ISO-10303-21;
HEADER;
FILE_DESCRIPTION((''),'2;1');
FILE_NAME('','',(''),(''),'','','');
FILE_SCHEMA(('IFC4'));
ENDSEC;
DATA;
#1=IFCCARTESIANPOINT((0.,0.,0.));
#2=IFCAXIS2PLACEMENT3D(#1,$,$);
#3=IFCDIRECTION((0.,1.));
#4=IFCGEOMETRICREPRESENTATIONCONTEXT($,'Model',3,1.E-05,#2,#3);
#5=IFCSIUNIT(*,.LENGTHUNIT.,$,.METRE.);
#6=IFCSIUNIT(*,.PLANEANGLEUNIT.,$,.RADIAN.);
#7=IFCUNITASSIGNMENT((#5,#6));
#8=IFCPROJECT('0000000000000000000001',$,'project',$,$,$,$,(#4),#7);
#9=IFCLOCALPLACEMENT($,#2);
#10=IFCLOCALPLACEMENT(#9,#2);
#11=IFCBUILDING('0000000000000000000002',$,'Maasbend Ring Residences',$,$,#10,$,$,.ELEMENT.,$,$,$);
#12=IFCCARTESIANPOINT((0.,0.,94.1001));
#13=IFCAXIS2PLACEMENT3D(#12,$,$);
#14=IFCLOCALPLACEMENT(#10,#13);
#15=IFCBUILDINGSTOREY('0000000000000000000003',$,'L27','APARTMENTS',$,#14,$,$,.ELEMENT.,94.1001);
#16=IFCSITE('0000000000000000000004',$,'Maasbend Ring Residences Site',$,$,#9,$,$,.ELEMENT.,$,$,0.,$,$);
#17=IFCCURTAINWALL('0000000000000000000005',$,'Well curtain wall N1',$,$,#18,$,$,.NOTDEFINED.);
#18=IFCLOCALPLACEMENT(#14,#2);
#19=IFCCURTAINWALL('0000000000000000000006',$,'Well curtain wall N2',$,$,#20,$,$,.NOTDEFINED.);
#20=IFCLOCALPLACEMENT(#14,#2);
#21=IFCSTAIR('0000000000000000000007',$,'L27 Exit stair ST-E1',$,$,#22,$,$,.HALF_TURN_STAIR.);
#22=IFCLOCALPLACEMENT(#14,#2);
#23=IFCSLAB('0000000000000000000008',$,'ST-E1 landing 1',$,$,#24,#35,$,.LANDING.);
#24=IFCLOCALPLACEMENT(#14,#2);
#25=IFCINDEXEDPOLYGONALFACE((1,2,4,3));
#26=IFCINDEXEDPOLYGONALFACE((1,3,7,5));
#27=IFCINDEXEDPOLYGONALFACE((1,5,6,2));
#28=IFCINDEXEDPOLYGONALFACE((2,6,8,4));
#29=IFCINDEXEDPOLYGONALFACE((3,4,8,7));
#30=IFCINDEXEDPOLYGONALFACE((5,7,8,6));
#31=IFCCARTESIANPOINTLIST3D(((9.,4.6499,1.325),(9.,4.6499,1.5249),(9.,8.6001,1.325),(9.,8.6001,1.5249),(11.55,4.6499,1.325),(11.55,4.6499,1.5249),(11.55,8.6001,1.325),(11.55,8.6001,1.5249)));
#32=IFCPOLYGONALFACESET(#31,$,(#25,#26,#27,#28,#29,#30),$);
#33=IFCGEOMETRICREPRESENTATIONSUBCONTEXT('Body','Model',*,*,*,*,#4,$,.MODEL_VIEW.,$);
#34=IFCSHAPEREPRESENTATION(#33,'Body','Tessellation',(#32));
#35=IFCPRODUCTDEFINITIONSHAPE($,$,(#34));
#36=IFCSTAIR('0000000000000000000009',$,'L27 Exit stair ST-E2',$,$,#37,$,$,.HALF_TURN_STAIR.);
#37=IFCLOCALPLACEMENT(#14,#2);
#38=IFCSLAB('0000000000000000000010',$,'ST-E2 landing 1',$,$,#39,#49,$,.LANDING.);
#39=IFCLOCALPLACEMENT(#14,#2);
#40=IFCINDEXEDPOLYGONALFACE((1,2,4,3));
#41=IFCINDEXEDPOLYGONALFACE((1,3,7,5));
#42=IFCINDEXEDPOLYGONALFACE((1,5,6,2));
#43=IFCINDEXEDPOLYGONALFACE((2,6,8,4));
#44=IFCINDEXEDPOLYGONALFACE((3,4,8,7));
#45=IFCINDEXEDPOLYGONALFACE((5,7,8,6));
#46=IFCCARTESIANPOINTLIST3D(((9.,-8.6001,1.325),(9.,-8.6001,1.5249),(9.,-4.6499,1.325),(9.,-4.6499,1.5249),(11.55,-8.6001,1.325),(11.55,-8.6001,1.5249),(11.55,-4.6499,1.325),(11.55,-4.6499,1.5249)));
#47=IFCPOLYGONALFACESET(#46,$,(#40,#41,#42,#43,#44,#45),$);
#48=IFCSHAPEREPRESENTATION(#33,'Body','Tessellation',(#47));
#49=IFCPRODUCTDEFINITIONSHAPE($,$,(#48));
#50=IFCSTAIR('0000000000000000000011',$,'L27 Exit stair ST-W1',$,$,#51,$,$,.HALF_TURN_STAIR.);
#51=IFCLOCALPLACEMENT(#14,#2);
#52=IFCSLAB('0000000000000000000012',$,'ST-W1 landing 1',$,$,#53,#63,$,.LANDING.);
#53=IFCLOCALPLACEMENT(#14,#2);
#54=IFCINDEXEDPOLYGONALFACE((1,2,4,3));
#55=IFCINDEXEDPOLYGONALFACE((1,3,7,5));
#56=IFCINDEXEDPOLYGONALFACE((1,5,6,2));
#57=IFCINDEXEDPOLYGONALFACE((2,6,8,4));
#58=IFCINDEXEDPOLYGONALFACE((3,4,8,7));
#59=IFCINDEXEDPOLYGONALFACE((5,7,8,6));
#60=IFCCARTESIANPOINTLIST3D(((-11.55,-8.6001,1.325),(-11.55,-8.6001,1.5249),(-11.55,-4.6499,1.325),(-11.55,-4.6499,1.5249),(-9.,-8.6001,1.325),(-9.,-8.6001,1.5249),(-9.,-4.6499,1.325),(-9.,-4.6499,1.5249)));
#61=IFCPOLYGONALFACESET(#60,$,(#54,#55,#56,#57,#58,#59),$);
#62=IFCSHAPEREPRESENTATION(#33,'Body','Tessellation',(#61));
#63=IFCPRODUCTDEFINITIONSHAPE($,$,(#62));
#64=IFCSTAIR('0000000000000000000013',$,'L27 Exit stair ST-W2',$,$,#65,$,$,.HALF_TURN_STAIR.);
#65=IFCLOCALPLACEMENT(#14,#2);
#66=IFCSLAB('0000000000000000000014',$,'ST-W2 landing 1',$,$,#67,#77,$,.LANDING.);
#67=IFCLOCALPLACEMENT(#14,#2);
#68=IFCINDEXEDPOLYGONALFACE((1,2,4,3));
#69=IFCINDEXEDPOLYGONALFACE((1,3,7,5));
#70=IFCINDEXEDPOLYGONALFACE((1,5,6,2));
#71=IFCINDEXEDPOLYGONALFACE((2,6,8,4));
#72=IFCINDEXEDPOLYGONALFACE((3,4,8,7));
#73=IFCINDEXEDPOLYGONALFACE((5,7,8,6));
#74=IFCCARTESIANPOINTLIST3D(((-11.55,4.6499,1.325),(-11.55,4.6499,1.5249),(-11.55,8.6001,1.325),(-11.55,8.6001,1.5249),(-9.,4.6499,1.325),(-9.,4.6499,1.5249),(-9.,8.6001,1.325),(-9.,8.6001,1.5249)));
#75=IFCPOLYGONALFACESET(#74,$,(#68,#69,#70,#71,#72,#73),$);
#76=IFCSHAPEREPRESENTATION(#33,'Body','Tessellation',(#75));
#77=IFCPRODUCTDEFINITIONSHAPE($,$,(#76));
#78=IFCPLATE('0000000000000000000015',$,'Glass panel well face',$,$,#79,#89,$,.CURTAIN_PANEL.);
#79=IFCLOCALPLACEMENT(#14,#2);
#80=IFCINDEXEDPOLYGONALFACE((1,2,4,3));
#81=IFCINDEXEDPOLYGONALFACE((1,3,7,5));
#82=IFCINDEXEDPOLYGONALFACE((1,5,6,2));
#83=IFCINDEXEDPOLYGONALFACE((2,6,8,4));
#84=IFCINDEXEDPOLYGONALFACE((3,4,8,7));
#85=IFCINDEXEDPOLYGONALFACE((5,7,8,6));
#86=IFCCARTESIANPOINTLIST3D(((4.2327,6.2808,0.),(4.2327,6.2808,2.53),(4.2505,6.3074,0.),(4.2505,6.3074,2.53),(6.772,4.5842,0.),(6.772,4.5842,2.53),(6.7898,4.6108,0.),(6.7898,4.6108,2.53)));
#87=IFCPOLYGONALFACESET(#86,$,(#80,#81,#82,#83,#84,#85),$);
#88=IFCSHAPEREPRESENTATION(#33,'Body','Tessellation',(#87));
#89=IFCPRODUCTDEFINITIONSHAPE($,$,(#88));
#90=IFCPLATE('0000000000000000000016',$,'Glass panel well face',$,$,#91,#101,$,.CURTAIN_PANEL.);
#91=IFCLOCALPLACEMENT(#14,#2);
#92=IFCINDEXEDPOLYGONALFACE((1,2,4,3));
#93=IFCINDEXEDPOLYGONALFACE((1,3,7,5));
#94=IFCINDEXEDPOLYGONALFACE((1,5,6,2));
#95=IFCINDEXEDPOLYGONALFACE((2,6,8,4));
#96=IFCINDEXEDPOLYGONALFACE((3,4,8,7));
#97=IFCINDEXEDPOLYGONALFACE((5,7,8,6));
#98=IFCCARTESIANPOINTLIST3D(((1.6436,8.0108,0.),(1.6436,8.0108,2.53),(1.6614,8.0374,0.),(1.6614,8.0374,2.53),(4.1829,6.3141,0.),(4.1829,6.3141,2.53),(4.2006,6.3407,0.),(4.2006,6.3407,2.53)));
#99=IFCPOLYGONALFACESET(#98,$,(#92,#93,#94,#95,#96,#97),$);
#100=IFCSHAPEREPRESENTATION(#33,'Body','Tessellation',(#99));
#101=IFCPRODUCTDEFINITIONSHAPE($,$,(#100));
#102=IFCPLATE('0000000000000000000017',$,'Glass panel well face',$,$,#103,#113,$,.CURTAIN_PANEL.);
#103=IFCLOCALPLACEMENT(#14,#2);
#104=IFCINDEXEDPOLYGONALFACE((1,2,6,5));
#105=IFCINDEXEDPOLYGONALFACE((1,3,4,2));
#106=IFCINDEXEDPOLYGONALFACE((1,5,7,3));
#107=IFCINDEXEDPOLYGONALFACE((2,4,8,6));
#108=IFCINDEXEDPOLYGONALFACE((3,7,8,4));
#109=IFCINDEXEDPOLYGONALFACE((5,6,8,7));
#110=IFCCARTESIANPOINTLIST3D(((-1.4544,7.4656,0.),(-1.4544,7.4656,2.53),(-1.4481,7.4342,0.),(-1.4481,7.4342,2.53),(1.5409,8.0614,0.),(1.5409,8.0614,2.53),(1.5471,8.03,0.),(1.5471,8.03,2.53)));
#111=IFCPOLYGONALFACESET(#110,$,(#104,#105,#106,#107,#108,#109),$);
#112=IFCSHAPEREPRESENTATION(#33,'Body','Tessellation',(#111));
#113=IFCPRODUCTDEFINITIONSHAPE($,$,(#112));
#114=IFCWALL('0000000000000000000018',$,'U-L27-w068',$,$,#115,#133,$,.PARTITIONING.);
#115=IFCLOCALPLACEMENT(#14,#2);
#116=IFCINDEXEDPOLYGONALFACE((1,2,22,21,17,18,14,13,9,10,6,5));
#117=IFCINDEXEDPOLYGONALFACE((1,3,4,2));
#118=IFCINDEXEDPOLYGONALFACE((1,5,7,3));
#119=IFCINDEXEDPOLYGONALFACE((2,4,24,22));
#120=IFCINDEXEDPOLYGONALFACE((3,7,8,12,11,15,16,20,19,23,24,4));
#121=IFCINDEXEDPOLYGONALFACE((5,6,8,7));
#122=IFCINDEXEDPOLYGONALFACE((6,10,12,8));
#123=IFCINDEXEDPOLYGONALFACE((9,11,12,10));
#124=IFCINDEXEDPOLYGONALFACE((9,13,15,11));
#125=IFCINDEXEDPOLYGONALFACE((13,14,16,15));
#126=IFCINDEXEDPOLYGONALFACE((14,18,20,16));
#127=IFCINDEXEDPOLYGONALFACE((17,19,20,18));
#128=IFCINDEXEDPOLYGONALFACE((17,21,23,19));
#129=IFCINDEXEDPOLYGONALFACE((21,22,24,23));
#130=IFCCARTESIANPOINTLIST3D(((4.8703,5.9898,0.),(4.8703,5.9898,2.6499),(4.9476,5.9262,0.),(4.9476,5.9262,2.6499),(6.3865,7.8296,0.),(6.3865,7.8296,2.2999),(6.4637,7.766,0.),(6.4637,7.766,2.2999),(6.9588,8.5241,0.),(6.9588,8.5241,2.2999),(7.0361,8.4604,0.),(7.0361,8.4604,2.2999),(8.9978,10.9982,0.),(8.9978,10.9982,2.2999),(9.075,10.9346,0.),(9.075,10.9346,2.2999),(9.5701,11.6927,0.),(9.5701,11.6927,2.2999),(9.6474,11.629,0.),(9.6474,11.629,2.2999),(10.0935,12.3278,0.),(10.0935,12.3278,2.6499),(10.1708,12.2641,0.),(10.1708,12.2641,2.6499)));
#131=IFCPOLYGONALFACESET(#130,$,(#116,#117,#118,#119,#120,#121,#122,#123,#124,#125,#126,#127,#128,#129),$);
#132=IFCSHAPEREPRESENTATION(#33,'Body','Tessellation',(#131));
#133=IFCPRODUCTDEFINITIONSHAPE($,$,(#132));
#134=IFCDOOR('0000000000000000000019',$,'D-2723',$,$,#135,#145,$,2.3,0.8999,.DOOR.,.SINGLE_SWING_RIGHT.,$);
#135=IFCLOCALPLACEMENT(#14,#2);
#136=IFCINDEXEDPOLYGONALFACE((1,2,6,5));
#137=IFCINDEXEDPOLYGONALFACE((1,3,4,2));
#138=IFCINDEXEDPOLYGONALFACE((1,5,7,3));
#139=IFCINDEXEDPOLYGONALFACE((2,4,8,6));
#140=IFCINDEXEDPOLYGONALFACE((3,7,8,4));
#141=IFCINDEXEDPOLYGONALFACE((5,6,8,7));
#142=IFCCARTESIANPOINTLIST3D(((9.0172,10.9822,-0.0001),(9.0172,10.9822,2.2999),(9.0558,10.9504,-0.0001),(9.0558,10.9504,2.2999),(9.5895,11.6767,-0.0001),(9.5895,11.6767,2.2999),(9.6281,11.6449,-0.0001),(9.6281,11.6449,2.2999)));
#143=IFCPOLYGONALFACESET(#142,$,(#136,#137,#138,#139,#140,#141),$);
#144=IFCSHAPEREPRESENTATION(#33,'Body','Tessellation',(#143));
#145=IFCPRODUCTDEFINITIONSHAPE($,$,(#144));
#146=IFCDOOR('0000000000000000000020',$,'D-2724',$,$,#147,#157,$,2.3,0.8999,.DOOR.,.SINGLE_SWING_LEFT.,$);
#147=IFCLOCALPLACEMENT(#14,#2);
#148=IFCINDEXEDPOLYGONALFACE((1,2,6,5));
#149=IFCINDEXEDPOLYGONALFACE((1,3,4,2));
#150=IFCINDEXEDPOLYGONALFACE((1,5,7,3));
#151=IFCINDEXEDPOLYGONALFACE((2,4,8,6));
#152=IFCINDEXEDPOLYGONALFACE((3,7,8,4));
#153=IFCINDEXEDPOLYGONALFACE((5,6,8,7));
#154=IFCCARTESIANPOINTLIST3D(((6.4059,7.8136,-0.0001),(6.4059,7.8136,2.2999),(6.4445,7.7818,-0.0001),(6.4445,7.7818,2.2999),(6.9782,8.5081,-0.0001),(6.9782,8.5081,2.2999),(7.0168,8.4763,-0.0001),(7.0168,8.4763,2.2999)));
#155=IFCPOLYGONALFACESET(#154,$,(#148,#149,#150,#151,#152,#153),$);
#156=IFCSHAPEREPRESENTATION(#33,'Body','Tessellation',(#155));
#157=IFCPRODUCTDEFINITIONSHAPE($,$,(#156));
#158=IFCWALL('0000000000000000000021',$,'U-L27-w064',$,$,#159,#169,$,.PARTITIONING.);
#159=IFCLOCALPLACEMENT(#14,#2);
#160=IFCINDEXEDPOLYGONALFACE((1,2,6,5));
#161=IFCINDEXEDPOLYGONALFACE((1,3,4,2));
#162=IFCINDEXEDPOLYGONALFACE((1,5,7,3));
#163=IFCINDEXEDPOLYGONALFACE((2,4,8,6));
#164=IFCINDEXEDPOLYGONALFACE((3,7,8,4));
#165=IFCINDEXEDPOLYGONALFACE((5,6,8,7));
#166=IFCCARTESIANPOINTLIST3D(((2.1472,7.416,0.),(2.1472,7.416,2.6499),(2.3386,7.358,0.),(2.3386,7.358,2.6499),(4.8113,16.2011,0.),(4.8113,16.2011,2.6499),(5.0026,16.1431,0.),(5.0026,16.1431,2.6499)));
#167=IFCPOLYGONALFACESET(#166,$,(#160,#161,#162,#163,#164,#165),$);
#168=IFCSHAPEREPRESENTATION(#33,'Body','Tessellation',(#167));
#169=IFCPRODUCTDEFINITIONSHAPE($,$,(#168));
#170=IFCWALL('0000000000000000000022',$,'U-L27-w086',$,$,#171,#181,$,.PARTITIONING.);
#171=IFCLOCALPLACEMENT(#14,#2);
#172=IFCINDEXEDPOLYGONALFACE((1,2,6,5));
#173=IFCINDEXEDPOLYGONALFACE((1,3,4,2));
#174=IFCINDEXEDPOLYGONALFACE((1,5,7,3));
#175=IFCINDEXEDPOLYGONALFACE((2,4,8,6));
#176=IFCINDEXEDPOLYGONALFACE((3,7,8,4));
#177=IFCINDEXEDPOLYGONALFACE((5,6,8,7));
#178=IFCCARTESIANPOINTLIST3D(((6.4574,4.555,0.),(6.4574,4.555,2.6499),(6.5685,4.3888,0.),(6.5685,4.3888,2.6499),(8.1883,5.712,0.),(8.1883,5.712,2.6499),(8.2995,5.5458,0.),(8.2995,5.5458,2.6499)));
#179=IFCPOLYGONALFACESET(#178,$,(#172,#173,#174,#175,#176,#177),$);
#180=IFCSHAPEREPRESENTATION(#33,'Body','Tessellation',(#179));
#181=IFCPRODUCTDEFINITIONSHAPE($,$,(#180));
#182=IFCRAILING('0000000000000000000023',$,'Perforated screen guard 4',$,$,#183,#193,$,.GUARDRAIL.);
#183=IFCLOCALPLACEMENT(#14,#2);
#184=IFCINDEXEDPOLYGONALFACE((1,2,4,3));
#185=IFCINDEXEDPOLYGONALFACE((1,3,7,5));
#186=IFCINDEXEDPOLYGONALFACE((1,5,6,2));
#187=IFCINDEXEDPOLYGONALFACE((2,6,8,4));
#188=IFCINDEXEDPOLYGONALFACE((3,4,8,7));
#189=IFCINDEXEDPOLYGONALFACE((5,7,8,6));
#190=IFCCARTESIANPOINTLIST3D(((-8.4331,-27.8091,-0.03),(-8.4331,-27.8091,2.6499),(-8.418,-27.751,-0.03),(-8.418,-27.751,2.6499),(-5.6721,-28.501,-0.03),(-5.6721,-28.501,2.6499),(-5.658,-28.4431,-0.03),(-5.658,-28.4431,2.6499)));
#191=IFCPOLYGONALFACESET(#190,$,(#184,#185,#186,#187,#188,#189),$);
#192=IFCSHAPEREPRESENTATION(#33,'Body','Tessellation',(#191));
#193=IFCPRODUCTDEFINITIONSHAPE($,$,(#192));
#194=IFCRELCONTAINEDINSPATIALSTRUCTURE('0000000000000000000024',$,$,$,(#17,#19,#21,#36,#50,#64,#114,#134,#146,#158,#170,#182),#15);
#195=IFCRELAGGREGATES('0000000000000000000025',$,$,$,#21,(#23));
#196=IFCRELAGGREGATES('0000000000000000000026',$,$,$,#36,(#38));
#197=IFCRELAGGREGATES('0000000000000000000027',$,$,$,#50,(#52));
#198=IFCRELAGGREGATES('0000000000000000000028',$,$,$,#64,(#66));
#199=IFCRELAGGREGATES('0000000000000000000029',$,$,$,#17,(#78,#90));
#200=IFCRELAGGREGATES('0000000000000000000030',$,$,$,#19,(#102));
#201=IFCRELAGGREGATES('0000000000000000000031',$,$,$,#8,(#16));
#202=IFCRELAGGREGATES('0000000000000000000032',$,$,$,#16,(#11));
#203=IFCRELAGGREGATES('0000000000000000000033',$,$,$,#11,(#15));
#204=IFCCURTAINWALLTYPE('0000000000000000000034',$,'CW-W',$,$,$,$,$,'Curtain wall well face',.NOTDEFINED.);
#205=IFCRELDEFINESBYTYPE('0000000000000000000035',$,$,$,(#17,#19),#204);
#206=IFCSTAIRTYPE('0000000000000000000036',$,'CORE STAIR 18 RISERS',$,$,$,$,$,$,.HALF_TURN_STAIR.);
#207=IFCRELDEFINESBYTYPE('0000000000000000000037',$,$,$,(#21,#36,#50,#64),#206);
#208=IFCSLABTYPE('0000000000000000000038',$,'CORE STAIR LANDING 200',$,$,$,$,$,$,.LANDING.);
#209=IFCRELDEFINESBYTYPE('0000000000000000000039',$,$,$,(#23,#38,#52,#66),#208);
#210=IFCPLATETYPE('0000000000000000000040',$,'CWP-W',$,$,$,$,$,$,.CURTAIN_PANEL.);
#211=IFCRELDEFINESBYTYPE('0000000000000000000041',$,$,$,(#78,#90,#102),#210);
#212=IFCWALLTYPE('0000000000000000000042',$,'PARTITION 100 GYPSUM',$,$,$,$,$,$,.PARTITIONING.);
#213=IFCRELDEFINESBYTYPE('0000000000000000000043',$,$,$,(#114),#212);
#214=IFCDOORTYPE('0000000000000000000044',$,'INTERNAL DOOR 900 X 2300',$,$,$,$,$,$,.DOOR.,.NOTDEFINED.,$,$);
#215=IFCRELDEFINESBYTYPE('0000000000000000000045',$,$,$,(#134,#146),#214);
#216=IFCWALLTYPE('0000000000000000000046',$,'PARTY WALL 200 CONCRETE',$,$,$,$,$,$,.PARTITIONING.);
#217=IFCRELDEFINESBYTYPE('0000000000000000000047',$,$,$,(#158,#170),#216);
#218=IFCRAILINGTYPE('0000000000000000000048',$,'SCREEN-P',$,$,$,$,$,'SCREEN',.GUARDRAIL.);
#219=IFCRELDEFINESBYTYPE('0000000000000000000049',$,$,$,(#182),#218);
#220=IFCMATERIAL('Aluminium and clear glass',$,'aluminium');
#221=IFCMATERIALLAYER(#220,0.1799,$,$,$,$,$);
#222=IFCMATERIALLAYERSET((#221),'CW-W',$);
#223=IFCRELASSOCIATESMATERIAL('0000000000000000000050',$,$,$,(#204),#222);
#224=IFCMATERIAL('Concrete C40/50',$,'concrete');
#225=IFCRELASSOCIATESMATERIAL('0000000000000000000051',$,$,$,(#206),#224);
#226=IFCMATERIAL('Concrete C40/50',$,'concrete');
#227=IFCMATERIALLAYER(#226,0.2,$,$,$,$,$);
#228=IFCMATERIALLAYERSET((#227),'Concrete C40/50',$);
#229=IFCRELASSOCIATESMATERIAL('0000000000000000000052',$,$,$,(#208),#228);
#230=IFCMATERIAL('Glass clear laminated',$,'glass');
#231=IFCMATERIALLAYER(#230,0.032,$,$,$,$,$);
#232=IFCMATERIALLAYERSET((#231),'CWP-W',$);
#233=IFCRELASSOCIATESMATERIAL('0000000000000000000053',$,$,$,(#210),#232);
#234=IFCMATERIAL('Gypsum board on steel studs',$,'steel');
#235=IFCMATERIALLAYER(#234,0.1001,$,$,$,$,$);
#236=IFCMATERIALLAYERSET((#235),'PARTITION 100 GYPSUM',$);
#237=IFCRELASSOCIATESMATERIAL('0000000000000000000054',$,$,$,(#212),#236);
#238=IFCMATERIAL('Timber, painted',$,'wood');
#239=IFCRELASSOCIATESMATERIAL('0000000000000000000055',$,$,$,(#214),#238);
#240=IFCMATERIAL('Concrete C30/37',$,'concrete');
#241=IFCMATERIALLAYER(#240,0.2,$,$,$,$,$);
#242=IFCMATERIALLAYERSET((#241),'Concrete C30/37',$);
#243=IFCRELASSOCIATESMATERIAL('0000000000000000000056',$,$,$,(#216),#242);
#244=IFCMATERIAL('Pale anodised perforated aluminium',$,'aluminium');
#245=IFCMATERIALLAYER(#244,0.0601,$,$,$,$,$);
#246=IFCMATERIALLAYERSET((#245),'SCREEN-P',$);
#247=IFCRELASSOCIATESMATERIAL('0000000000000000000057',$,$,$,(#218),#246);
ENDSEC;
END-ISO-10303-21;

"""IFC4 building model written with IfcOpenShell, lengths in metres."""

from ifc_helpers import new_model, si_unit, direction, frame, frame_2d, origin, origin_2d, place, context, subcontext, project, spatial, polyline, rectangle, outline, extrude, material, layer, layer_set, type_object, element, fill, aggregate, save


model = new_model("IFC4")

# Units and contexts
model_context = context("Model", 3, precision=1e-05, world=origin(), true_north=direction((0.0, 1.0)))
body_context = subcontext(model_context, "Body", "Model", "MODEL_VIEW")
ifc_project = project(units=[si_unit("LENGTHUNIT", "METRE"), si_unit("PLANEANGLEUNIT", "RADIAN")], contexts=[model_context])

# Site, building, storey
site_placement = place(None, origin())
site = spatial("IfcSite", under=ifc_project, at=site_placement, Name="Maasbend Ring Residences Site", CompositionType="ELEMENT", RefElevation=0.0)
building_placement = place(site_placement, origin())
building = spatial("IfcBuilding", under=site, at=building_placement, Name="Maasbend Ring Residences", CompositionType="ELEMENT")
storey_placement = place(building_placement, frame((0.0, 0.0, 94.1001)))
storey = spatial("IfcBuildingStorey", under=building, at=storey_placement, Name="L27", Description="APARTMENTS", CompositionType="ELEMENT", Elevation=94.1001)

# Curtain wall
ifc_material_1 = material(Name="Aluminium and clear glass", Category="aluminium")
ifc_layer_1 = layer(ifc_material_1, 0.1799)
ifc_layer_set_1 = layer_set([ifc_layer_1], Name="CW-W")
curtain_wall_type = type_object("IfcCurtainWallType", Name="CW-W", ElementType="Curtain wall well face", PredefinedType="NOTDEFINED", material=ifc_layer_set_1)
curtain_wall_1_placement = place(storey_placement, origin())
curtain_wall_1 = element("IfcCurtainWall", 1, at=curtain_wall_1_placement, inside=storey, type_object=curtain_wall_type, Name="Well curtain wall N1", PredefinedType="NOTDEFINED")

# Curtain wall
curtain_wall_2_placement = place(storey_placement, origin())
curtain_wall_2 = element("IfcCurtainWall", 2, at=curtain_wall_2_placement, inside=storey, type_object=curtain_wall_type, Name="Well curtain wall N2", PredefinedType="NOTDEFINED")

# Stairs, slabs
ifc_material_2 = material(Name="Concrete C40/50", Category="concrete")
stair_type = type_object("IfcStairType", Name="CORE STAIR 18 RISERS", PredefinedType="HALF_TURN_STAIR", material=ifc_material_2)
stair_1_placement = place(storey_placement, origin())
stair_1 = element("IfcStair", 3, at=stair_1_placement, inside=storey, type_object=stair_type, Name="L27 Exit stair ST-E1", PredefinedType="HALF_TURN_STAIR")
ifc_material_3 = material(Name="Concrete C40/50", Category="concrete")
ifc_layer_2 = layer(ifc_material_3, 0.2)
ifc_layer_set_2 = layer_set([ifc_layer_2], Name="Concrete C40/50")
slab_type = type_object("IfcSlabType", Name="CORE STAIR LANDING 200", PredefinedType="LANDING", material=ifc_layer_set_2)
slab_1_placement = place(storey_placement, frame((0.0, 0.0, 1.325)))
slab_1 = element("IfcSlab", 4, at=slab_1_placement, type_object=slab_type, Name="ST-E1 landing 1", PredefinedType="LANDING", context=body_context, shape_type="SweptSolid", body=[
    extrude(outline(polyline([(11.55, 8.6001), (9.0, 8.6001), (9.0, 4.6499), (11.55, 4.6499), (11.55, 8.6001)])), origin(), (0.0, 0.0, 1.0), 0.2),
])
aggregate(stair_1, [slab_1])
stair_2_placement = place(storey_placement, origin())
stair_2 = element("IfcStair", 5, at=stair_2_placement, inside=storey, type_object=stair_type, Name="L27 Exit stair ST-E2", PredefinedType="HALF_TURN_STAIR")
slab_2_placement = place(storey_placement, frame((0.0, 0.0, 1.325)))
slab_2 = element("IfcSlab", 6, at=slab_2_placement, type_object=slab_type, Name="ST-E2 landing 1", PredefinedType="LANDING", context=body_context, shape_type="SweptSolid", body=[
    extrude(outline(polyline([(11.55, -4.6499), (9.0, -4.6499), (9.0, -8.6001), (11.55, -8.6001), (11.55, -4.6499)])), origin(), (0.0, 0.0, 1.0), 0.2),
])
aggregate(stair_2, [slab_2])
stair_3_placement = place(storey_placement, origin())
stair_3 = element("IfcStair", 7, at=stair_3_placement, inside=storey, type_object=stair_type, Name="L27 Exit stair ST-W1", PredefinedType="HALF_TURN_STAIR")
slab_3_placement = place(storey_placement, frame((0.0, 0.0, 1.325)))
slab_3 = element("IfcSlab", 8, at=slab_3_placement, type_object=slab_type, Name="ST-W1 landing 1", PredefinedType="LANDING", context=body_context, shape_type="SweptSolid", body=[
    extrude(outline(polyline([(-11.55, -8.6001), (-9.0, -8.6001), (-9.0, -4.6499), (-11.55, -4.6499), (-11.55, -8.6001)])), origin(), (0.0, 0.0, 1.0), 0.2),
])
aggregate(stair_3, [slab_3])
stair_4_placement = place(storey_placement, origin())
stair_4 = element("IfcStair", 9, at=stair_4_placement, inside=storey, type_object=stair_type, Name="L27 Exit stair ST-W2", PredefinedType="HALF_TURN_STAIR")
slab_4_placement = place(storey_placement, frame((0.0, 0.0, 1.325)))
slab_4 = element("IfcSlab", 10, at=slab_4_placement, type_object=slab_type, Name="ST-W2 landing 1", PredefinedType="LANDING", context=body_context, shape_type="SweptSolid", body=[
    extrude(outline(polyline([(-11.55, 4.6499), (-9.0, 4.6499), (-9.0, 8.6001), (-11.55, 8.6001), (-11.55, 4.6499)])), origin(), (0.0, 0.0, 1.0), 0.2),
])
aggregate(stair_4, [slab_4])

# Plates
ifc_material_4 = material(Name="Glass clear laminated", Category="glass")
ifc_layer_3 = layer(ifc_material_4, 0.032)
ifc_layer_set_3 = layer_set([ifc_layer_3], Name="CWP-W")
plate_type = type_object("IfcPlateType", Name="CWP-W", PredefinedType="CURTAIN_PANEL", material=ifc_layer_set_3)
plate_1_placement = place(storey_placement, frame((5.5112, 5.4458, 0.0), z_axis=(0.0, 0.0, 1.0), x_axis=(-0.83147, 0.55557, 0.0)))
plate_1 = element("IfcPlate", 11, at=plate_1_placement, type_object=plate_type, Name="Glass panel well face", PredefinedType="CURTAIN_PANEL", context=body_context, shape_type="SweptSolid", body=[
    extrude(rectangle(XDim=3.054, YDim=0.032, at=origin_2d()), origin(), (0.0, 0.0, 1.0), 2.53),
])
plate_2_placement = place(storey_placement, frame((2.9221, 7.1758, 0.0), z_axis=(0.0, 0.0, 1.0), x_axis=(-0.83147, 0.55557, 0.0)))
plate_2 = element("IfcPlate", 12, at=plate_2_placement, type_object=plate_type, Name="Glass panel well face", PredefinedType="CURTAIN_PANEL", context=body_context, shape_type="SweptSolid", body=[
    extrude(rectangle(XDim=3.054, YDim=0.032, at=origin_2d()), origin(), (0.0, 0.0, 1.0), 2.53),
])
aggregate(curtain_wall_1, [plate_1, plate_2])
plate_3_placement = place(storey_placement, frame((0.0464, 7.7478, 0.0), z_axis=(0.0, 0.0, 1.0), x_axis=(-0.980785, -0.19509, 0.0)))
plate_3 = element("IfcPlate", 13, at=plate_3_placement, type_object=plate_type, Name="Glass panel well face", PredefinedType="CURTAIN_PANEL", context=body_context, shape_type="SweptSolid", body=[
    extrude(rectangle(XDim=3.054, YDim=0.032, at=origin_2d()), origin(), (0.0, 0.0, 1.0), 2.53),
])
aggregate(curtain_wall_2, [plate_3])

# Wall, openings, doors
ifc_material_5 = material(Name="Gypsum board on steel studs", Category="steel")
ifc_layer_4 = layer(ifc_material_5, 0.1001)
ifc_layer_set_4 = layer_set([ifc_layer_4], Name="PARTITION 100 GYPSUM")
wall_type_1 = type_object("IfcWallType", Name="PARTITION 100 GYPSUM", PredefinedType="PARTITIONING", material=ifc_layer_set_4)
wall_1_placement = place(storey_placement, frame((4.9089, 5.958, 0.0), z_axis=(0.0, 0.0, 1.0), x_axis=(0.635976, 0.771709, 0.0)))
wall_1 = element("IfcWall", 14, at=wall_1_placement, inside=storey, type_object=wall_type_1, Name="U-L27-w068", PredefinedType="PARTITIONING", context=body_context, shape_type="SweptSolid", body=[
    extrude(rectangle(XDim=8.2129, YDim=0.1001, at=frame_2d((4.1064, 0.0))), origin(), (0.0, 0.0, 1.0), 2.6499),
])
opening_1_placement = place(wall_1_placement, frame((6.49, 0.0, 0.0)))
opening_1 = element("IfcOpeningElement", 15, at=opening_1_placement, cuts=wall_1, PredefinedType="OPENING", context=body_context, shape_type="SweptSolid", body=[
    extrude(rectangle(XDim=0.8999, YDim=2.3, at=frame_2d((0.45, 1.1499))), frame((0.0, 0.0601, 0.0), z_axis=(0.0, -1.0, 0.0), x_axis=(1.0, 0.0, 0.0)), (0.0, 0.0, 1.0), 0.1201),
])
opening_2_placement = place(wall_1_placement, frame((2.384, 0.0, 0.0)))
opening_2 = element("IfcOpeningElement", 16, at=opening_2_placement, cuts=wall_1, PredefinedType="OPENING", context=body_context, shape_type="SweptSolid", body=[
    extrude(rectangle(XDim=0.8999, YDim=2.3, at=frame_2d((0.45, 1.1499))), frame((0.0, 0.0601, 0.0), z_axis=(0.0, -1.0, 0.0), x_axis=(1.0, 0.0, 0.0)), (0.0, 0.0, 1.0), 0.1201),
])
ifc_material_6 = material(Name="Timber, painted", Category="wood")
door_type = type_object("IfcDoorType", Name="INTERNAL DOOR 900 X 2300", OperationType="NOTDEFINED", PredefinedType="DOOR", material=ifc_material_6)
door_1_placement = place(opening_1_placement, origin())
door_1 = element("IfcDoor", 17, at=door_1_placement, inside=storey, type_object=door_type, Name="D-2723", OperationType="SINGLE_SWING_RIGHT", OverallHeight=2.3, OverallWidth=0.8999, PredefinedType="DOOR", context=body_context, shape_type="SweptSolid", body=[
    extrude(rectangle(XDim=0.8999, YDim=2.3, at=frame_2d((0.45, 1.1499))), frame((0.0, 0.0249, 0.0), z_axis=(0.0, -1.0, 0.0), x_axis=(1.0, 0.0, 0.0)), (0.0, 0.0, 1.0), 0.05),
])
fill(opening_1, door_1)
door_2_placement = place(opening_2_placement, origin())
door_2 = element("IfcDoor", 18, at=door_2_placement, inside=storey, type_object=door_type, Name="D-2724", OperationType="SINGLE_SWING_LEFT", OverallHeight=2.3, OverallWidth=0.8999, PredefinedType="DOOR", context=body_context, shape_type="SweptSolid", body=[
    extrude(rectangle(XDim=0.8999, YDim=2.3, at=frame_2d((0.45, 1.1499))), frame((0.0, 0.0249, 0.0), z_axis=(0.0, -1.0, 0.0), x_axis=(1.0, 0.0, 0.0)), (0.0, 0.0, 1.0), 0.05),
])
fill(opening_2, door_2)

# Walls
ifc_material_7 = material(Name="Concrete C30/37", Category="concrete")
ifc_layer_5 = layer(ifc_material_7, 0.2)
ifc_layer_set_5 = layer_set([ifc_layer_5], Name="Concrete C30/37")
wall_type_2 = type_object("IfcWallType", Name="PARTY WALL 200 CONCRETE", PredefinedType="PARTITIONING", material=ifc_layer_set_5)
wall_2_placement = place(storey_placement, frame((2.2429, 7.387, 0.0), z_axis=(0.0, 0.0, 1.0), x_axis=(0.290196, 0.956967, 0.0)))
element("IfcWall", 19, at=wall_2_placement, inside=storey, type_object=wall_type_2, Name="U-L27-w064", PredefinedType="PARTITIONING", context=body_context, shape_type="SweptSolid", body=[
    extrude(rectangle(XDim=9.1802, YDim=0.2, at=frame_2d((4.5901, 0.0))), origin(), (0.0, 0.0, 1.0), 2.6499),
])
wall_3_placement = place(storey_placement, frame((6.5129, 4.4719, 0.0), z_axis=(0.0, 0.0, 1.0), x_axis=(0.831382, 0.555701, 0.0)))
element("IfcWall", 20, at=wall_3_placement, inside=storey, type_object=wall_type_2, Name="U-L27-w086", PredefinedType="PARTITIONING", context=body_context, shape_type="SweptSolid", body=[
    extrude(rectangle(XDim=2.082, YDim=0.2, at=frame_2d((1.041, 0.0))), origin(), (0.0, 0.0, 1.0), 2.6499),
])

# Railing
ifc_material_8 = material(Name="Pale anodised perforated aluminium", Category="aluminium")
ifc_layer_6 = layer(ifc_material_8, 0.0601)
ifc_layer_set_6 = layer_set([ifc_layer_6], Name="SCREEN-P")
railing_type = type_object("IfcRailingType", Name="SCREEN-P", ElementType="SCREEN", PredefinedType="GUARDRAIL", material=ifc_layer_set_6)
railing_1_placement = place(storey_placement, frame((0.0, 0.0, -0.03)))
element("IfcRailing", 21, at=railing_1_placement, inside=storey, type_object=railing_type, Name="Perforated screen guard 4", PredefinedType="GUARDRAIL", context=body_context, shape_type="SweptSolid", body=[
    extrude(outline(polyline([(-8.418, -27.751), (-5.658, -28.4431), (-5.6721, -28.501), (-8.4331, -27.8091), (-8.418, -27.751)])), origin(), (0.0, 0.0, 1.0), 2.6799),
])

save(model, "model.ifc")
